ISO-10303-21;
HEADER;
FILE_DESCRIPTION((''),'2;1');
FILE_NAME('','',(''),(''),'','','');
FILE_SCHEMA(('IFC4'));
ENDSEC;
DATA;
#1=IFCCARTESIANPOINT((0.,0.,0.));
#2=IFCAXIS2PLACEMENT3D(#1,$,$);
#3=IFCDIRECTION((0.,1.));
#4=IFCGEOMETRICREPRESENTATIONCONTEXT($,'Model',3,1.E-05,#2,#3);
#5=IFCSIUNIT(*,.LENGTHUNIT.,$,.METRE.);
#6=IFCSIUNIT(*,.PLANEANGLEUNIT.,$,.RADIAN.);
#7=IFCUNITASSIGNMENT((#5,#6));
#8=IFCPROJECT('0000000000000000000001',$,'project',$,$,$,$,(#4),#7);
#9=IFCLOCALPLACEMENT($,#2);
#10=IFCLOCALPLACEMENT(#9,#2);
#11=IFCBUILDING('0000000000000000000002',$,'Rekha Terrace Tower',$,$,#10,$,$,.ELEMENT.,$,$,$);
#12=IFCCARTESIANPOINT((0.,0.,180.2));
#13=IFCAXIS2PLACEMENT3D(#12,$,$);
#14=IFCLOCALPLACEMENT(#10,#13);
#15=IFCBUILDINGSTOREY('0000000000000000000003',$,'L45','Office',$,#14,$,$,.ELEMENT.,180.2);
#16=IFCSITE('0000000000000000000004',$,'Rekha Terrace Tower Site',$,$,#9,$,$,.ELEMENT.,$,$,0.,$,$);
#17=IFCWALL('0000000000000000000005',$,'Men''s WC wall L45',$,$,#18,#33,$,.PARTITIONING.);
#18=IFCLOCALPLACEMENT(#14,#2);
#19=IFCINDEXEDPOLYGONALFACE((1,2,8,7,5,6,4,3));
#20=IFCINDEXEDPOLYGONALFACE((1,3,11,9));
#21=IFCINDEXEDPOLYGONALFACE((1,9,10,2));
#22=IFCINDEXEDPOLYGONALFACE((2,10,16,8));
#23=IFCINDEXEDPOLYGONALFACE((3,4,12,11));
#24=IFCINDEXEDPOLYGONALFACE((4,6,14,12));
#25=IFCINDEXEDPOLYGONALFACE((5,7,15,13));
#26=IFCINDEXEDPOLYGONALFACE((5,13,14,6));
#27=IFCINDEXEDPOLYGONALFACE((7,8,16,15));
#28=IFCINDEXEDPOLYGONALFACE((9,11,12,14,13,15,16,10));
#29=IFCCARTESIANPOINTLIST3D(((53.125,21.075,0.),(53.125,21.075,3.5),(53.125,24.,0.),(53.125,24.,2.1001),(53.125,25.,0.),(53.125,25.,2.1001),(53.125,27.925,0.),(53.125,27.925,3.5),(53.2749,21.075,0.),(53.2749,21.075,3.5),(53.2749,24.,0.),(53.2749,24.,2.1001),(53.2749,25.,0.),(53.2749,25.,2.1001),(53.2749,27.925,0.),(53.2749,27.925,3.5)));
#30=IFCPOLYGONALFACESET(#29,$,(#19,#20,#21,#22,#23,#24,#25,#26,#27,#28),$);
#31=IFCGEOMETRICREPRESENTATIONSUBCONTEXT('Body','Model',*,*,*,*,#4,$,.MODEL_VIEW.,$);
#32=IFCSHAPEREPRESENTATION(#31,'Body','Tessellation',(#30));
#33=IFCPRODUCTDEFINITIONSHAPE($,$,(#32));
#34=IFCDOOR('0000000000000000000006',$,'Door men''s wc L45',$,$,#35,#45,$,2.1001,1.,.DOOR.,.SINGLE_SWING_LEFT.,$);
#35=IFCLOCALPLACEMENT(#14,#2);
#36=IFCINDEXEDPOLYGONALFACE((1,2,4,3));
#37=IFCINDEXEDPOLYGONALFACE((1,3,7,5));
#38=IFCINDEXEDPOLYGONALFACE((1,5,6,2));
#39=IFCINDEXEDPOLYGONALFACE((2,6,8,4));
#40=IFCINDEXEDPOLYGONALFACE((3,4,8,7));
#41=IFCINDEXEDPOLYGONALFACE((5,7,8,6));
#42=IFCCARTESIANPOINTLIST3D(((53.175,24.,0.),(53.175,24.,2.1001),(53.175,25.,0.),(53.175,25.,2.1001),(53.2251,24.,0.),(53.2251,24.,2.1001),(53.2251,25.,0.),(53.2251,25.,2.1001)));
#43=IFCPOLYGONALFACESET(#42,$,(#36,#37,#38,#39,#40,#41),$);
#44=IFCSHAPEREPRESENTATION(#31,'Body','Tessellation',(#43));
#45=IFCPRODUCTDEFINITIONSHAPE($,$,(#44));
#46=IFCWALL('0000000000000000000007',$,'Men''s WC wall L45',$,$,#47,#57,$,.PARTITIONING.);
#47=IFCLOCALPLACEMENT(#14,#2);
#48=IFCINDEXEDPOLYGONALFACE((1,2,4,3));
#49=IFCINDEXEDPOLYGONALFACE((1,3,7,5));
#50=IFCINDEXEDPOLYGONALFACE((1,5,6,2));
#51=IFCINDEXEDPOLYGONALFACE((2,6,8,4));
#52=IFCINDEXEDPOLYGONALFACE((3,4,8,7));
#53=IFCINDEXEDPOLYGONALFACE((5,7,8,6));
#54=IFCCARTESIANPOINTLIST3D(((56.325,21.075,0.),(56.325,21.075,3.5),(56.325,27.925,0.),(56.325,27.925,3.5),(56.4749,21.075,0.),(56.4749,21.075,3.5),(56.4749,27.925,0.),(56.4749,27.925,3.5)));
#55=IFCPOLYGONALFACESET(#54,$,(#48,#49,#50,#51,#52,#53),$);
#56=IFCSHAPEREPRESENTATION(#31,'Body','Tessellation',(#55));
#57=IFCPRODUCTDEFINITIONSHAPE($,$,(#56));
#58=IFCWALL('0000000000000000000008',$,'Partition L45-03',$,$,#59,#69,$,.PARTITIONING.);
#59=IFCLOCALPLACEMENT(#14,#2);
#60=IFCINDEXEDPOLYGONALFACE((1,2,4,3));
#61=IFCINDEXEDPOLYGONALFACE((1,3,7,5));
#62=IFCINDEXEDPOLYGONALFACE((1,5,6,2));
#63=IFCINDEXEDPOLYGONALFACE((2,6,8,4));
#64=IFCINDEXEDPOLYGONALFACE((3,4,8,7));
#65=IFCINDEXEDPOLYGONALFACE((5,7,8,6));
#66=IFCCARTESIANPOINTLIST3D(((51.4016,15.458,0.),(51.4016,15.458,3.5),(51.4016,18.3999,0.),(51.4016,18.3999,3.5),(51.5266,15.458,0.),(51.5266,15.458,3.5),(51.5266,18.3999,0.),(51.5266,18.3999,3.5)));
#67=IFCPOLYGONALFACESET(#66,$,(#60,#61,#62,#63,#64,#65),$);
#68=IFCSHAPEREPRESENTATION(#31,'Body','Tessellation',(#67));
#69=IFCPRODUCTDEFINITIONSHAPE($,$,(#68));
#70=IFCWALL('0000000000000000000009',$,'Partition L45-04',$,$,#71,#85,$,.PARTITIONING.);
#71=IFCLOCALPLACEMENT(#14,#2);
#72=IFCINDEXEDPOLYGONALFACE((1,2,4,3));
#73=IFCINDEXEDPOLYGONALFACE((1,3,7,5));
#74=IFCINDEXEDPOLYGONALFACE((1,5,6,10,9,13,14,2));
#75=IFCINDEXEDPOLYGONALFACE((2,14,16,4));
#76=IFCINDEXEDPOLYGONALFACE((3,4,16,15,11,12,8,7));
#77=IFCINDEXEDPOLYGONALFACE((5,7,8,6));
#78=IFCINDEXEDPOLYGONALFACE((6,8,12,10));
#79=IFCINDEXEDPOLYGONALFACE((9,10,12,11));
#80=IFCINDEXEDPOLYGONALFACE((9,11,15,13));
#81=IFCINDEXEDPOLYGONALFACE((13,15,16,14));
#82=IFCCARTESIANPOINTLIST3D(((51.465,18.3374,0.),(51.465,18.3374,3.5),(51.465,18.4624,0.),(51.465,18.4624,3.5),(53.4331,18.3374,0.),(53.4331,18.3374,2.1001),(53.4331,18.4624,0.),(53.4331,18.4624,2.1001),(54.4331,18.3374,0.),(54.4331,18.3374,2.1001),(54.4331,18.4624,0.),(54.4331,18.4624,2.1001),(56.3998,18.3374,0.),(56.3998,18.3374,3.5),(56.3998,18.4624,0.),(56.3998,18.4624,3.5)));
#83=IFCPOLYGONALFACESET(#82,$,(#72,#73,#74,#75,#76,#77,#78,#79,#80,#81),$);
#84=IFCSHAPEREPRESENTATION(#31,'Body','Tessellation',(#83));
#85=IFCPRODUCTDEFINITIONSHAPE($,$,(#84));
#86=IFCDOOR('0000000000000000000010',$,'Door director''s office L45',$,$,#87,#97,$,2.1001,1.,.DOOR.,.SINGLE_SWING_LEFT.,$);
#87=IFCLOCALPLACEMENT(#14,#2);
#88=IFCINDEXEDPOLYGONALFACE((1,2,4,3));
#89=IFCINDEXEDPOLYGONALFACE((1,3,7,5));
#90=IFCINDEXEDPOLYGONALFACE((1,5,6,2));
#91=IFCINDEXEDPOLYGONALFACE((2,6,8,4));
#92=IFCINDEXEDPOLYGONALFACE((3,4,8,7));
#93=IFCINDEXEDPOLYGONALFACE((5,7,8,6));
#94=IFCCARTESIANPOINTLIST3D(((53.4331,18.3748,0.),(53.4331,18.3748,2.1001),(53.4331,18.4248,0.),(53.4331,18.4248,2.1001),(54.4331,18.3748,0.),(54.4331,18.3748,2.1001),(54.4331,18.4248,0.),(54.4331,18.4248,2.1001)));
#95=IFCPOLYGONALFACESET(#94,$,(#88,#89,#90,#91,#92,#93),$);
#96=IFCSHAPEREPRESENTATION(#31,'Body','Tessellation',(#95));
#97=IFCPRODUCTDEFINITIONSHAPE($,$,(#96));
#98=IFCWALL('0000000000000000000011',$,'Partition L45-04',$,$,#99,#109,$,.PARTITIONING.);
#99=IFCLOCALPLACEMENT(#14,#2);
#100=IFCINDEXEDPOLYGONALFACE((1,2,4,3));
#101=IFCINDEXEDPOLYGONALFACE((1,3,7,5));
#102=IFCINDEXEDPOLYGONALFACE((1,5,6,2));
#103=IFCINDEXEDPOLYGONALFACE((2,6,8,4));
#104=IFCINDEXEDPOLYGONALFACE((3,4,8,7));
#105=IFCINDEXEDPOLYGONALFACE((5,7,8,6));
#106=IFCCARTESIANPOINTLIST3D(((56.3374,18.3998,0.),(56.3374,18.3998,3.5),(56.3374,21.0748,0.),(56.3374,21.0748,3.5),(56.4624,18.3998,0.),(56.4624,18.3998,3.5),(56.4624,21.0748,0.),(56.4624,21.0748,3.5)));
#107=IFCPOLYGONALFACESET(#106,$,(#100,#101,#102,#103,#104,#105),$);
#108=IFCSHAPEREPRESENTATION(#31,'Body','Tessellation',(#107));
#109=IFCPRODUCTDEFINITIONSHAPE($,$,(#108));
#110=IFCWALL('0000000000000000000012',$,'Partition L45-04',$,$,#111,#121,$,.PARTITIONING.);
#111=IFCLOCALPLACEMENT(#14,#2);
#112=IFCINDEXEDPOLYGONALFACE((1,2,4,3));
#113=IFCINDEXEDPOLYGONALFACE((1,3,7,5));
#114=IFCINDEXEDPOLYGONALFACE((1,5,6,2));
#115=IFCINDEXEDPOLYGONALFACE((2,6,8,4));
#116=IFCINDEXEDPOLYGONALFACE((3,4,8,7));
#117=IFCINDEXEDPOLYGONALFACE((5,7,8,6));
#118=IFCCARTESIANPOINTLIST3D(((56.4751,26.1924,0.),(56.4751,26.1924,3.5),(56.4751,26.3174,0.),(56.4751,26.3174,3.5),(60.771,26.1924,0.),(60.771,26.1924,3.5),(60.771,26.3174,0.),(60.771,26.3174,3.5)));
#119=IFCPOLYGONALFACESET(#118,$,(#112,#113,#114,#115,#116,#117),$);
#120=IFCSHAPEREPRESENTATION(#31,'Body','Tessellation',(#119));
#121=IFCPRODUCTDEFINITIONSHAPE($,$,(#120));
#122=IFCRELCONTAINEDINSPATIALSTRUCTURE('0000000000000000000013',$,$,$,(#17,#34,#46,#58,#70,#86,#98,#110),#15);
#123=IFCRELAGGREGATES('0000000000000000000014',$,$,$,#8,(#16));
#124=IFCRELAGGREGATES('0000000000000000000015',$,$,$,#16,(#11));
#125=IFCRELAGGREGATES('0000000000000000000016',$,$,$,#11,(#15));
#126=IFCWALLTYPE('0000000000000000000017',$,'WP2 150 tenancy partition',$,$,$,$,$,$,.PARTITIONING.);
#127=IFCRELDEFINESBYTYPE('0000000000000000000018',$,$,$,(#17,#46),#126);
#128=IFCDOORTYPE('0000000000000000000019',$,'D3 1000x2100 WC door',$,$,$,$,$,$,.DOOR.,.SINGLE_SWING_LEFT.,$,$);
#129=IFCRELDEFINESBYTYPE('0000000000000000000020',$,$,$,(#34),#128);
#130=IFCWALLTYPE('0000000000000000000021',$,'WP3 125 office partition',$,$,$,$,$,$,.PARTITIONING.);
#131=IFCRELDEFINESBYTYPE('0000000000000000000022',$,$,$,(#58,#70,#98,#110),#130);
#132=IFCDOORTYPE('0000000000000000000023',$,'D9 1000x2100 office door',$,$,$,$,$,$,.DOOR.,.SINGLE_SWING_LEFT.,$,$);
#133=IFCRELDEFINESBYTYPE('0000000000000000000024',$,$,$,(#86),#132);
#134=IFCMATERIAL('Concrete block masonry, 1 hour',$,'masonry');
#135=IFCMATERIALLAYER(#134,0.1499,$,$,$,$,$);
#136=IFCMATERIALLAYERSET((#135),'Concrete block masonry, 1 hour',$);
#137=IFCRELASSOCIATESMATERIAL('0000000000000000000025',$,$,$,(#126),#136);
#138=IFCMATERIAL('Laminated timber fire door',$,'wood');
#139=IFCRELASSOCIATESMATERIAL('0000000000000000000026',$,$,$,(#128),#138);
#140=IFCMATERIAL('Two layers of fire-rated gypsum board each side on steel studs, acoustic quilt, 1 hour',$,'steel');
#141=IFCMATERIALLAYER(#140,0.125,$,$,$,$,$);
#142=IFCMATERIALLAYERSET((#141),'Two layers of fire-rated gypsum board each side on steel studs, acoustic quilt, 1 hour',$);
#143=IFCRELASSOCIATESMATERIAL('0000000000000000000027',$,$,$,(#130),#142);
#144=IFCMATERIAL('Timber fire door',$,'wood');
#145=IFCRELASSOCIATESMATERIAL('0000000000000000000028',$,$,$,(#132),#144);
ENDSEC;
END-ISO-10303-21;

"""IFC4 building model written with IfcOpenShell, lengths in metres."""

from ifc_helpers import new_model, si_unit, direction, frame, frame_2d, origin, place, context, subcontext, project, spatial, rectangle, extrude, material, layer, layer_set, type_object, element, fill, save


model = new_model("IFC4")

# Units and contexts
model_context = context("Model", 3, precision=1e-05, world=origin(), true_north=direction((0.0, 1.0)))
body_context = subcontext(model_context, "Body", "Model", "MODEL_VIEW")
ifc_project = project(units=[si_unit("LENGTHUNIT", "METRE"), si_unit("PLANEANGLEUNIT", "RADIAN")], contexts=[model_context])

# Site, building, storey
site_placement = place(None, origin())
site = spatial("IfcSite", under=ifc_project, at=site_placement, Name="Rekha Terrace Tower Site", CompositionType="ELEMENT", RefElevation=0.0)
building_placement = place(site_placement, origin())
building = spatial("IfcBuilding", under=site, at=building_placement, Name="Rekha Terrace Tower", CompositionType="ELEMENT")
storey_placement = place(building_placement, frame((0.0, 0.0, 180.2)))
storey = spatial("IfcBuildingStorey", under=building, at=storey_placement, Name="L45", Description="Office", CompositionType="ELEMENT", Elevation=180.2)

# Shared definitions
ifc_material_1 = material(Name="Concrete block masonry, 1 hour", Category="masonry")
ifc_layer_1 = layer(ifc_material_1, 0.1499)
ifc_layer_set_1 = layer_set([ifc_layer_1], Name="Concrete block masonry, 1 hour")
wall_type_1 = type_object("IfcWallType", Name="WP2 150 tenancy partition", PredefinedType="PARTITIONING", material=ifc_layer_set_1)

# Wall, opening, door
wall_1_placement = place(storey_placement, frame((53.2, 21.075, 0.0), z_axis=(0.0, 0.0, 1.0), x_axis=(0.0, 1.0, 0.0)))
wall_1 = element("IfcWall", 1, at=wall_1_placement, inside=storey, type_object=wall_type_1, Name="Men's WC wall L45", PredefinedType="PARTITIONING", context=body_context, shape_type="SweptSolid", body=[
    extrude(rectangle(XDim=6.8501, YDim=0.1499, at=frame_2d((3.425, 0.0))), origin(), (0.0, 0.0, 1.0), 3.5),
])
opening_1_placement = place(wall_1_placement, frame((2.925, 0.0, 0.0)))
opening_1 = element("IfcOpeningElement", 2, at=opening_1_placement, cuts=wall_1, PredefinedType="OPENING", context=body_context, shape_type="SweptSolid", body=[
    extrude(rectangle(XDim=1.0, YDim=2.1001, at=frame_2d((0.5, 1.05))), frame((0.0, 0.085, 0.0), z_axis=(0.0, -1.0, 0.0), x_axis=(1.0, 0.0, 0.0)), (0.0, 0.0, 1.0), 0.1699),
])
ifc_material_2 = material(Name="Laminated timber fire door", Category="wood")
door_type_1 = type_object("IfcDoorType", Name="D3 1000x2100 WC door", OperationType="SINGLE_SWING_LEFT", PredefinedType="DOOR", material=ifc_material_2)
door_1_placement = place(opening_1_placement, origin())
door_1 = element("IfcDoor", 3, at=door_1_placement, inside=storey, type_object=door_type_1, Name="Door men's wc L45", OperationType="SINGLE_SWING_LEFT", OverallHeight=2.1001, OverallWidth=1.0, PredefinedType="DOOR", context=body_context, shape_type="SweptSolid", body=[
    extrude(rectangle(XDim=1.0, YDim=2.1001, at=frame_2d((0.5, 1.05))), frame((0.0, 0.0249, 0.0), z_axis=(0.0, -1.0, 0.0), x_axis=(1.0, 0.0, 0.0)), (0.0, 0.0, 1.0), 0.05),
])
fill(opening_1, door_1)

# Walls
wall_2_placement = place(storey_placement, frame((56.3999, 21.075, 0.0), z_axis=(0.0, 0.0, 1.0), x_axis=(0.0, 1.0, 0.0)))
element("IfcWall", 4, at=wall_2_placement, inside=storey, type_object=wall_type_1, Name="Men's WC wall L45", PredefinedType="PARTITIONING", context=body_context, shape_type="SweptSolid", body=[
    extrude(rectangle(XDim=6.8501, YDim=0.1499, at=frame_2d((3.425, 0.0))), origin(), (0.0, 0.0, 1.0), 3.5),
])
ifc_material_3 = material(Name="Two layers of fire-rated gypsum board each side on steel studs, acoustic quilt, 1 hour", Category="steel")
ifc_layer_2 = layer(ifc_material_3, 0.125)
ifc_layer_set_2 = layer_set([ifc_layer_2], Name="Two layers of fire-rated gypsum board each side on steel studs, acoustic quilt, 1 hour")
wall_type_2 = type_object("IfcWallType", Name="WP3 125 office partition", PredefinedType="PARTITIONING", material=ifc_layer_set_2)
wall_3_placement = place(storey_placement, frame((51.4641, 18.3999, 0.0), z_axis=(0.0, 0.0, 1.0), x_axis=(0.0, -1.0, 0.0)))
element("IfcWall", 5, at=wall_3_placement, inside=storey, type_object=wall_type_2, Name="Partition L45-03", PredefinedType="PARTITIONING", context=body_context, shape_type="SweptSolid", body=[
    extrude(rectangle(XDim=2.9419, YDim=0.125, at=frame_2d((1.4709, 0.0))), origin(), (0.0, 0.0, 1.0), 3.5),
])

# Wall, opening, door
wall_4_placement = place(storey_placement, frame((51.4651, 18.3999, 0.0), z_axis=(0.0, 0.0, 1.0), x_axis=(1.0, 0.0, 0.0)))
wall_4 = element("IfcWall", 6, at=wall_4_placement, inside=storey, type_object=wall_type_2, Name="Partition L45-04", PredefinedType="PARTITIONING", context=body_context, shape_type="SweptSolid", body=[
    extrude(rectangle(XDim=4.9348, YDim=0.125, at=frame_2d((2.4673, 0.0))), origin(), (0.0, 0.0, 1.0), 3.5),
])
opening_2_placement = place(wall_4_placement, frame((1.968, 0.0, 0.0)))
opening_2 = element("IfcOpeningElement", 7, at=opening_2_placement, cuts=wall_4, PredefinedType="OPENING", context=body_context, shape_type="SweptSolid", body=[
    extrude(rectangle(XDim=1.0, YDim=2.1001, at=frame_2d((0.5, 1.05))), frame((0.0, 0.0725, 0.0), z_axis=(0.0, -1.0, 0.0), x_axis=(1.0, 0.0, 0.0)), (0.0, 0.0, 1.0), 0.145),
])
ifc_material_4 = material(Name="Timber fire door", Category="wood")
door_type_2 = type_object("IfcDoorType", Name="D9 1000x2100 office door", OperationType="SINGLE_SWING_LEFT", PredefinedType="DOOR", material=ifc_material_4)
door_2_placement = place(opening_2_placement, origin())
door_2 = element("IfcDoor", 8, at=door_2_placement, inside=storey, type_object=door_type_2, Name="Door director's office L45", OperationType="SINGLE_SWING_LEFT", OverallHeight=2.1001, OverallWidth=1.0, PredefinedType="DOOR", context=body_context, shape_type="SweptSolid", body=[
    extrude(rectangle(XDim=1.0, YDim=2.1001, at=frame_2d((0.5, 1.05))), frame((0.0, 0.0249, 0.0), z_axis=(0.0, -1.0, 0.0), x_axis=(1.0, 0.0, 0.0)), (0.0, 0.0, 1.0), 0.05),
])
fill(opening_2, door_2)

# Walls
wall_5_placement = place(storey_placement, frame((56.3999, 18.3999, 0.0), z_axis=(0.0, 0.0, 1.0), x_axis=(0.0, 1.0, 0.0)))
element("IfcWall", 9, at=wall_5_placement, inside=storey, type_object=wall_type_2, Name="Partition L45-04", PredefinedType="PARTITIONING", context=body_context, shape_type="SweptSolid", body=[
    extrude(rectangle(XDim=2.675, YDim=0.125, at=frame_2d((1.3374, 0.0))), origin(), (0.0, 0.0, 1.0), 3.5),
])
wall_6_placement = place(storey_placement, frame((56.4751, 26.2549, 0.0), z_axis=(0.0, 0.0, 1.0), x_axis=(1.0, 0.0, 0.0)))
element("IfcWall", 10, at=wall_6_placement, inside=storey, type_object=wall_type_2, Name="Partition L45-04", PredefinedType="PARTITIONING", context=body_context, shape_type="SweptSolid", body=[
    extrude(rectangle(XDim=4.2959, YDim=0.125, at=frame_2d((2.1479, 0.0))), origin(), (0.0, 0.0, 1.0), 3.5),
])

save(model, "model.ifc")
